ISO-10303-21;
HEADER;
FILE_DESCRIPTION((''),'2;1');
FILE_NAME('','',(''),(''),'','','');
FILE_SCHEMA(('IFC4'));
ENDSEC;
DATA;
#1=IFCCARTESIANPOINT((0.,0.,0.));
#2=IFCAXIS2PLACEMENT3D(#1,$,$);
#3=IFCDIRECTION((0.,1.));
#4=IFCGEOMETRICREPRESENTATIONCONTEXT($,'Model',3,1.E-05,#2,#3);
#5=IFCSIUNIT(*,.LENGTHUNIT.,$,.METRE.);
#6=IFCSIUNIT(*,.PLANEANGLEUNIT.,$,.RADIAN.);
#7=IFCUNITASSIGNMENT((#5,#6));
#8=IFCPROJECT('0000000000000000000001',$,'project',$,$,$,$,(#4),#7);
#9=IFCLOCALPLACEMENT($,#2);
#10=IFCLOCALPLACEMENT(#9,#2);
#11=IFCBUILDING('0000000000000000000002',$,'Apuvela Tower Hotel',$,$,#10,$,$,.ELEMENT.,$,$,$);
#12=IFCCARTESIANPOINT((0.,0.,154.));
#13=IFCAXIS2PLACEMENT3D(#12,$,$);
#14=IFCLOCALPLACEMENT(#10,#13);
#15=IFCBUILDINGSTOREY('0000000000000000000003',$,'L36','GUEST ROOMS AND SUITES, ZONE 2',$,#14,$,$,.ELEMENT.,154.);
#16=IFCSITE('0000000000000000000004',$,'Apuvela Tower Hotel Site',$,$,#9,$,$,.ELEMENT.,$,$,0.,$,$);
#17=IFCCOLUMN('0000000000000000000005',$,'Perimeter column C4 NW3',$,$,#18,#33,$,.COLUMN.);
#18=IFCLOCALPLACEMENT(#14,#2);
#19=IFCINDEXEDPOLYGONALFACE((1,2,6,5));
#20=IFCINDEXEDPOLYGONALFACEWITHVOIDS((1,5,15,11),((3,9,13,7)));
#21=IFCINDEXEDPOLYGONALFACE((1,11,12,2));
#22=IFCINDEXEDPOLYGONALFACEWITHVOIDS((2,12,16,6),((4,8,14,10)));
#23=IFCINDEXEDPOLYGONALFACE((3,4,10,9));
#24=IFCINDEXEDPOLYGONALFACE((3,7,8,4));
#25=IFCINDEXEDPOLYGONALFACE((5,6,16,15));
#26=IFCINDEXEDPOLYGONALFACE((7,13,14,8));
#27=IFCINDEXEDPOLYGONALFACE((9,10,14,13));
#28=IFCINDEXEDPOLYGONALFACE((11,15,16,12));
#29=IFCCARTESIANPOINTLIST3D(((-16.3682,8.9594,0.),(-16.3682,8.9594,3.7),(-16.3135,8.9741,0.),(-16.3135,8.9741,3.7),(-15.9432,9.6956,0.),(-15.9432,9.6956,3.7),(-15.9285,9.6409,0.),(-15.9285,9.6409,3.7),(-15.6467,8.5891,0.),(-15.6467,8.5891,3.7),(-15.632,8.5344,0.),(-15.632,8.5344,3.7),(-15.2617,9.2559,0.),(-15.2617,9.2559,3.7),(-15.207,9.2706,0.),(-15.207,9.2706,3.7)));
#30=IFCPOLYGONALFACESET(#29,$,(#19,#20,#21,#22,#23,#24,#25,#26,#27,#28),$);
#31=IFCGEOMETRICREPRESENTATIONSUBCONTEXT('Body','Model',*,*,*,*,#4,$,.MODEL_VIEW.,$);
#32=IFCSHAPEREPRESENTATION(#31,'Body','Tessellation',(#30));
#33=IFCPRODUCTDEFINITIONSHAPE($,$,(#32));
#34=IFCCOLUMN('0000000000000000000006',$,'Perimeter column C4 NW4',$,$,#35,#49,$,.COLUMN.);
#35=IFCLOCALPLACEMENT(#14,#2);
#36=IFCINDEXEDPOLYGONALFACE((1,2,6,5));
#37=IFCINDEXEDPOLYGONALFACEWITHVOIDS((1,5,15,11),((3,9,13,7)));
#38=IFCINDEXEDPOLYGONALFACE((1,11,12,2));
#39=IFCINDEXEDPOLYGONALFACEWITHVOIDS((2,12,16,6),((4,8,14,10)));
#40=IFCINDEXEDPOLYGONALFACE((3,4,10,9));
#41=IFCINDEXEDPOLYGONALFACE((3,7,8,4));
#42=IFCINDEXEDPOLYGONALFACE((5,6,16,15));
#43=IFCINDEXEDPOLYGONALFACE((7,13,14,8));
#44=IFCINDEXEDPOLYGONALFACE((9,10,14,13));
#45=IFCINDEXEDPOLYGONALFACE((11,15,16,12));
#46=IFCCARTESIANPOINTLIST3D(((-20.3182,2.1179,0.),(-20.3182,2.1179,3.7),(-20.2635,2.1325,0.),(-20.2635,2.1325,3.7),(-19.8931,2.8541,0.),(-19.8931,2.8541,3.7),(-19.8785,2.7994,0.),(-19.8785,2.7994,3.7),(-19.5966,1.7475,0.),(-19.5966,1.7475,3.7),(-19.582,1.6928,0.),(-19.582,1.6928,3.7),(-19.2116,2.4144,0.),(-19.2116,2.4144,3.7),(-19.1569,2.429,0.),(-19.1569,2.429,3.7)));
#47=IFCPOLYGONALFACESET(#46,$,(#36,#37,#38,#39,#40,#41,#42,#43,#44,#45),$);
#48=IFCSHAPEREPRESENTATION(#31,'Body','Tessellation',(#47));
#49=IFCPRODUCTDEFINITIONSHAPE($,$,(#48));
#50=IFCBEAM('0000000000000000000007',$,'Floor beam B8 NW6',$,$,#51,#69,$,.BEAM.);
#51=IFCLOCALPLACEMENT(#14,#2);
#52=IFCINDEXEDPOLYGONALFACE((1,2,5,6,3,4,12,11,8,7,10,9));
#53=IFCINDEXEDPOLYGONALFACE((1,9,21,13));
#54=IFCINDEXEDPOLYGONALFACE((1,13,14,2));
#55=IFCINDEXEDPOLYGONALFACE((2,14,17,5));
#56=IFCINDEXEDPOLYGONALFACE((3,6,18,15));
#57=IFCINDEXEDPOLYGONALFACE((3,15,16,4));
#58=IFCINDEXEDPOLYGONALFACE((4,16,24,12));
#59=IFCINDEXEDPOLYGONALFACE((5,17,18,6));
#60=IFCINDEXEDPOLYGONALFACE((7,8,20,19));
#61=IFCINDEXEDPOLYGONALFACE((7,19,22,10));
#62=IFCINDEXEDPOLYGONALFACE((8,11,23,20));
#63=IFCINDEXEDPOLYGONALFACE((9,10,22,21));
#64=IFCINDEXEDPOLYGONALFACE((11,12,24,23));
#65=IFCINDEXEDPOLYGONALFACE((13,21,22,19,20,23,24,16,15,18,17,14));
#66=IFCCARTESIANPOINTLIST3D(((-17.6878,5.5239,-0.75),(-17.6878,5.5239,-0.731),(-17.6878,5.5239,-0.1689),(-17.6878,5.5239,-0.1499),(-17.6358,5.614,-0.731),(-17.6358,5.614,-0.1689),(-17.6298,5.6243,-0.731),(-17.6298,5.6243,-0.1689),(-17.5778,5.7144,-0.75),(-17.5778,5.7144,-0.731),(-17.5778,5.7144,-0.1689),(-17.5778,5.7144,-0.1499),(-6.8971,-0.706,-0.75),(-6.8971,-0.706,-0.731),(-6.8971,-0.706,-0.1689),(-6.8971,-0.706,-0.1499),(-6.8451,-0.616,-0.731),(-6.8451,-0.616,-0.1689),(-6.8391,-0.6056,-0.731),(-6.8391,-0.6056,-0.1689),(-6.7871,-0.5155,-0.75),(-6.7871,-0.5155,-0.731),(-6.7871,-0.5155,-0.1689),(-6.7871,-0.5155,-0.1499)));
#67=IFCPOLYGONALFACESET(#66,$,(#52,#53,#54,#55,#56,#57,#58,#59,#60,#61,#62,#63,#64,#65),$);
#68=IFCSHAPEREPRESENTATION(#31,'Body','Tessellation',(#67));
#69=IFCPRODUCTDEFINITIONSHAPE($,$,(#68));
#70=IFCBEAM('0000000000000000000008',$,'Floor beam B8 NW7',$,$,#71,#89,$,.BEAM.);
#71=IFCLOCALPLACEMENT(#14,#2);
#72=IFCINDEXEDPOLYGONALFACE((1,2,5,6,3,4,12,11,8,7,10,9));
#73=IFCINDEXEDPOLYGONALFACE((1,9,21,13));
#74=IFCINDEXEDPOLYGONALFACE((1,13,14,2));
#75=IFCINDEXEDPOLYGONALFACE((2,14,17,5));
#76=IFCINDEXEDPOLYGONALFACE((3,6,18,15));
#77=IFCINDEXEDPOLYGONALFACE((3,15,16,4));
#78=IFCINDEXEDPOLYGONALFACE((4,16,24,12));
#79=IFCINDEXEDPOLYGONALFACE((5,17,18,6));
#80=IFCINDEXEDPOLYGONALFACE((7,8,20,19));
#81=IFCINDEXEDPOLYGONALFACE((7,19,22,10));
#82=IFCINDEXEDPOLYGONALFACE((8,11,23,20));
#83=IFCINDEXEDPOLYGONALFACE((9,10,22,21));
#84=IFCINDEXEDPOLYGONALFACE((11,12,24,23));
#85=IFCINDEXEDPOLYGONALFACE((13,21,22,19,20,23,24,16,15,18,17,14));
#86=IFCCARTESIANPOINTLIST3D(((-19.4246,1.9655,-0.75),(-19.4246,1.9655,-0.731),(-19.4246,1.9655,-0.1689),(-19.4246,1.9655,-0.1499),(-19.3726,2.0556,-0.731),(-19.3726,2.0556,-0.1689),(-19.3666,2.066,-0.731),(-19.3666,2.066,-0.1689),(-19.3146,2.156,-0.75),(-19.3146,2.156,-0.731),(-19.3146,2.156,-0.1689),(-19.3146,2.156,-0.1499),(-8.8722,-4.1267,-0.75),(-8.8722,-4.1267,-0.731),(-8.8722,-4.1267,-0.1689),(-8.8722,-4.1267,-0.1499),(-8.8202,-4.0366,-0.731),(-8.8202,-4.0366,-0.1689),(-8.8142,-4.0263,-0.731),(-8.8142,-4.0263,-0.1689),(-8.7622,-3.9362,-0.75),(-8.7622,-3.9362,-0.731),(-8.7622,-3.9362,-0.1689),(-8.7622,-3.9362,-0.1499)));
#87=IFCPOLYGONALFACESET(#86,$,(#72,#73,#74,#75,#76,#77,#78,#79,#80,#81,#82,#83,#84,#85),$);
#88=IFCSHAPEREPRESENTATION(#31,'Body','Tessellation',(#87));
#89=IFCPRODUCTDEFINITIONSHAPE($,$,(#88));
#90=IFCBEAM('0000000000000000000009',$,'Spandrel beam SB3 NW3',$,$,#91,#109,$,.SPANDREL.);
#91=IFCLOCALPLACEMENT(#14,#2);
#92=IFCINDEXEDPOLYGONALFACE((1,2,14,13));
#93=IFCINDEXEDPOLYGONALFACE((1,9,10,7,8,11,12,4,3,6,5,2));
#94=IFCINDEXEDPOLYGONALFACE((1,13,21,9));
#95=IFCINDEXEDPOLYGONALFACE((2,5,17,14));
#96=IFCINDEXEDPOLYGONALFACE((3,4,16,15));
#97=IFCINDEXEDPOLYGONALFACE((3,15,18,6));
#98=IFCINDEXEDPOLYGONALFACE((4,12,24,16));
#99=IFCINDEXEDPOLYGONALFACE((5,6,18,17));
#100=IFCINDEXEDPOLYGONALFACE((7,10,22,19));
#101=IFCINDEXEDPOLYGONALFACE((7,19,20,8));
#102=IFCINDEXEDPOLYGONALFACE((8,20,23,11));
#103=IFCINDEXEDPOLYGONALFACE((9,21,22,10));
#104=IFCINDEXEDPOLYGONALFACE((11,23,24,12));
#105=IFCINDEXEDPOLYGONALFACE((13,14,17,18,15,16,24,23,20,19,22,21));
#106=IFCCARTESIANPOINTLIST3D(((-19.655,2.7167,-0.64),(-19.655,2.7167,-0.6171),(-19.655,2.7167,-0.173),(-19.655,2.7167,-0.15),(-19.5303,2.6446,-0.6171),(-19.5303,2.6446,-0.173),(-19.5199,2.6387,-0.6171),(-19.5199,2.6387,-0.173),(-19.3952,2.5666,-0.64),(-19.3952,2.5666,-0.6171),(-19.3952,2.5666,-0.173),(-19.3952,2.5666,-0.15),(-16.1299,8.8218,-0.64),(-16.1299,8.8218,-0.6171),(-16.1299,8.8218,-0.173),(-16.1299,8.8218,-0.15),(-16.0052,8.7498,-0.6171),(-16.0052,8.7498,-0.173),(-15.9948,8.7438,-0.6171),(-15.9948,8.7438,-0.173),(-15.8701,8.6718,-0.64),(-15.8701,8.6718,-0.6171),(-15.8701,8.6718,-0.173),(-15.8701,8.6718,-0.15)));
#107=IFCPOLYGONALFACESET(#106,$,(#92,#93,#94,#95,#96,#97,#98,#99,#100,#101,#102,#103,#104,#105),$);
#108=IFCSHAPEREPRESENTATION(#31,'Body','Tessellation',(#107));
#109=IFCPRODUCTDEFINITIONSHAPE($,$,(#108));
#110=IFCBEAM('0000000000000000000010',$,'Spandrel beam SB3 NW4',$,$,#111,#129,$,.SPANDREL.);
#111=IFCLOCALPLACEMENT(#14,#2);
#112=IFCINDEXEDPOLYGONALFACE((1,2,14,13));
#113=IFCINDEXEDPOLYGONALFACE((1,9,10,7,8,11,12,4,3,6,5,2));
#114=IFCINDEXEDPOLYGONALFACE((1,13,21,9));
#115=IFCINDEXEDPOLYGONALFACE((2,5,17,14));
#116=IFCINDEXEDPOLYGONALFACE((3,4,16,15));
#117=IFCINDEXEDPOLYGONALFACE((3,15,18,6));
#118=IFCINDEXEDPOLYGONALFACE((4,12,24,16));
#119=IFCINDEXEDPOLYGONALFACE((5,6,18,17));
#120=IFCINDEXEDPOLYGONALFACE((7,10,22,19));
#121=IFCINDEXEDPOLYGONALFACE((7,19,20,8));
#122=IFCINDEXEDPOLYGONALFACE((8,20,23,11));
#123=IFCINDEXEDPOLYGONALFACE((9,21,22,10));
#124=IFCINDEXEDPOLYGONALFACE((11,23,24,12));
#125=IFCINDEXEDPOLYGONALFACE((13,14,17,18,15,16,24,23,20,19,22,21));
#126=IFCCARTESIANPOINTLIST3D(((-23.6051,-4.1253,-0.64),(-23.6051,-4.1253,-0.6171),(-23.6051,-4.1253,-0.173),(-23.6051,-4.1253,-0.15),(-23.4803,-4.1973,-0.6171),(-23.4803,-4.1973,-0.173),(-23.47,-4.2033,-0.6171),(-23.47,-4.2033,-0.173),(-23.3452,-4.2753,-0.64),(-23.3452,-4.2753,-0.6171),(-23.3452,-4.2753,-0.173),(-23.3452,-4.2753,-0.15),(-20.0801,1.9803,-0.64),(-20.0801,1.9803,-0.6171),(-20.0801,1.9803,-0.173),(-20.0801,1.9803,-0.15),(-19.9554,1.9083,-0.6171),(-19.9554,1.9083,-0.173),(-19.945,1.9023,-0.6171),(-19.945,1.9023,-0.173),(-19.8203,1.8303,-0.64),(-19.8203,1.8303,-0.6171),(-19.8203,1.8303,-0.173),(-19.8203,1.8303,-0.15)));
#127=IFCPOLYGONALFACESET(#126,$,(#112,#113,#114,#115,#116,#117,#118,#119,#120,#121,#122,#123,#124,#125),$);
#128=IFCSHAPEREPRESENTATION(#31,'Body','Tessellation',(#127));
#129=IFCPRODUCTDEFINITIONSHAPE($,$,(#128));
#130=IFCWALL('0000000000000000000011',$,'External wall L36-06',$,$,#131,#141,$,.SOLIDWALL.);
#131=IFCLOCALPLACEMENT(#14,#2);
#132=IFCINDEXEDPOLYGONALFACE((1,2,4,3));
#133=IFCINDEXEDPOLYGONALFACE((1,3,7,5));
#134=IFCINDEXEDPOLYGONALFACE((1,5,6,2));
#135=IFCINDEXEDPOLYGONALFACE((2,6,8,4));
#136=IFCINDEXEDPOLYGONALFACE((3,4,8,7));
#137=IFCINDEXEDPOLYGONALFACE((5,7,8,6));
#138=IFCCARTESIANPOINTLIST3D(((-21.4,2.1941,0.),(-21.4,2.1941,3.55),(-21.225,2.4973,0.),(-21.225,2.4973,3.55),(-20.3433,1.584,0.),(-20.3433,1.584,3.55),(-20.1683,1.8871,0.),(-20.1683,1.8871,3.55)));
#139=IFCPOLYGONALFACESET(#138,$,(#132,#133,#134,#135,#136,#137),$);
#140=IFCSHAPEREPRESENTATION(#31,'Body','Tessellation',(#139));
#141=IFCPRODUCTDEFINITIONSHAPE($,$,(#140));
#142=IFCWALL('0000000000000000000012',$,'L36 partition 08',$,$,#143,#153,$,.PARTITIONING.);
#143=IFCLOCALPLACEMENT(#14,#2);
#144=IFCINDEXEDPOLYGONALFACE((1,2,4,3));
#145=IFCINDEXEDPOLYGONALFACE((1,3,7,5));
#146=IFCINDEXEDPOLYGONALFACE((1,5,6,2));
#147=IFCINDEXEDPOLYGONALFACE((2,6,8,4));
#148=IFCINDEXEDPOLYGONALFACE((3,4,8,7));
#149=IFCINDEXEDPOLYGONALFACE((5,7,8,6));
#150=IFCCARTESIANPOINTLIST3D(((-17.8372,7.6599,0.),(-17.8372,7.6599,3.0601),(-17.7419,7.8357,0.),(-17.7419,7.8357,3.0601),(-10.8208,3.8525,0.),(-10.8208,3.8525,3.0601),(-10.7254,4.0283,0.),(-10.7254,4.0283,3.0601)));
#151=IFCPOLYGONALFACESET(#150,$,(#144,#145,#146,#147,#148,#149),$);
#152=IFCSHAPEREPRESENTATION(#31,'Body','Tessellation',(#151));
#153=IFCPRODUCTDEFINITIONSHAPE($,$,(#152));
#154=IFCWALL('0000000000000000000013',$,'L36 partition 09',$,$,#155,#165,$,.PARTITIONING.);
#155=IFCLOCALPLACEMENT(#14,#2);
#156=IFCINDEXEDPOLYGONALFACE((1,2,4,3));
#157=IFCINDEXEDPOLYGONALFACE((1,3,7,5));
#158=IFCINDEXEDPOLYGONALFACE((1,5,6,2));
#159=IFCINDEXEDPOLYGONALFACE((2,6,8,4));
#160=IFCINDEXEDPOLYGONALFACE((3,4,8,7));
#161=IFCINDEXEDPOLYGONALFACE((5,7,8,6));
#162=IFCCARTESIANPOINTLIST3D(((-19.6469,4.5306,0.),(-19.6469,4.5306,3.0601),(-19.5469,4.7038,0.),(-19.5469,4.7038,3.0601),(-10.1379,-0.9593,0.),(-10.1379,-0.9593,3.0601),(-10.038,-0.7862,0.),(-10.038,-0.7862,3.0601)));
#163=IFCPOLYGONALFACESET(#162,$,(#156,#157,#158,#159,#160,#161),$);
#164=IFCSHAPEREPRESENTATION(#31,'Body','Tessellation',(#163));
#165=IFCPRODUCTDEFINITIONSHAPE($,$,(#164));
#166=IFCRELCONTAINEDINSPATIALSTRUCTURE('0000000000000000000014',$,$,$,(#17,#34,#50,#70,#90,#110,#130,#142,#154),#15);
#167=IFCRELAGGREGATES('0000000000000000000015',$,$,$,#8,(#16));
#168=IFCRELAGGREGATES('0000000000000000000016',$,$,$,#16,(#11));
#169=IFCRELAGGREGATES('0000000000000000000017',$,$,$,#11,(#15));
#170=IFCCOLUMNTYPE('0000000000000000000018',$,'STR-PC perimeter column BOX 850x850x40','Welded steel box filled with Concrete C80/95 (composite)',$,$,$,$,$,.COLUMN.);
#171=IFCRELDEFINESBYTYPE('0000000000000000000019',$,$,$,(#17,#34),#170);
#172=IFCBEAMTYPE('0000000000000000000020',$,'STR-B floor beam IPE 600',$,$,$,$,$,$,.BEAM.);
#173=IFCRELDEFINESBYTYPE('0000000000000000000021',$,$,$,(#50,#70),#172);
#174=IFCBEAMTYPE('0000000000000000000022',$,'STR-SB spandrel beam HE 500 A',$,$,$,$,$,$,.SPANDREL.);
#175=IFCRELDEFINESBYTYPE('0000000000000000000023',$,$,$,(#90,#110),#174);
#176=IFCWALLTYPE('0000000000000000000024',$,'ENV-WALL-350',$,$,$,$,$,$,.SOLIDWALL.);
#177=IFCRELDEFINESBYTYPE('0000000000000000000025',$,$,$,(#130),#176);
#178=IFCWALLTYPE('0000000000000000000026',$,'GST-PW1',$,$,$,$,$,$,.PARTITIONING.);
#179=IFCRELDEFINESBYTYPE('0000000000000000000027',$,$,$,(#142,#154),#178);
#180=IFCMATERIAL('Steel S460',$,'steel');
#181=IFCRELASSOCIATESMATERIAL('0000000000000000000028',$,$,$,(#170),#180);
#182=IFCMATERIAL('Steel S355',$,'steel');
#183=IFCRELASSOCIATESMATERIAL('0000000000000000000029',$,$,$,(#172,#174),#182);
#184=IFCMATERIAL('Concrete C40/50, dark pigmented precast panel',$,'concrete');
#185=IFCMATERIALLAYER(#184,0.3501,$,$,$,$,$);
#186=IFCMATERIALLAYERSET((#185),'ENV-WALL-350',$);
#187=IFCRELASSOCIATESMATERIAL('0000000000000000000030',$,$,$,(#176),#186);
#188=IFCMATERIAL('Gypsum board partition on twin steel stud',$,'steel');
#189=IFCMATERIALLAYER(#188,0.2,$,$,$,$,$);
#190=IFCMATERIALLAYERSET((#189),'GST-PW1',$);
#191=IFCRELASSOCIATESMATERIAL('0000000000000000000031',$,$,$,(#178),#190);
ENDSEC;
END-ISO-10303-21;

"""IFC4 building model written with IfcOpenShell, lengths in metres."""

from ifc_helpers import new_model, si_unit, direction, frame, frame_2d, origin, origin_2d, place, context, subcontext, project, spatial, rectangle, hollow_rectangle, i_section, extrude, material, layer, layer_set, material_profile, profile_set, type_object, element, save


model = new_model("IFC4")

# Units and contexts
model_context = context("Model", 3, precision=1e-05, world=origin(), true_north=direction((0.0, 1.0)))
body_context = subcontext(model_context, "Body", "Model", "MODEL_VIEW")
ifc_project = project(units=[si_unit("LENGTHUNIT", "METRE"), si_unit("PLANEANGLEUNIT", "RADIAN")], contexts=[model_context])

# Site, building, storey
site_placement = place(None, origin())
site = spatial("IfcSite", under=ifc_project, at=site_placement, Name="Apuvela Tower Hotel Site", CompositionType="ELEMENT", RefElevation=0.0)
building_placement = place(site_placement, origin())
building = spatial("IfcBuilding", under=site, at=building_placement, Name="Apuvela Tower Hotel", CompositionType="ELEMENT")
storey_placement = place(building_placement, frame((0.0, 0.0, 154.0)))
storey = spatial("IfcBuildingStorey", under=building, at=storey_placement, Name="L36", Description="GUEST ROOMS AND SUITES, ZONE 2", CompositionType="ELEMENT", Elevation=154.0)

# Columns
ifc_material_1 = material(Name="Steel S460", Category="steel")
ifc_material_profile_1 = material_profile(ifc_material_1, hollow_rectangle(XDim=0.8501, YDim=0.8501, WallThickness=0.04, at=origin_2d()), Name="BOX 850x850x40")
ifc_material_2 = material(Name="Concrete C80/95", Category="concrete")
ifc_material_profile_2 = material_profile(ifc_material_2, rectangle(XDim=0.77, YDim=0.77, at=origin_2d()), Name="Concrete C80/95 infill")
ifc_profile_set_1 = profile_set([ifc_material_profile_1, ifc_material_profile_2], Name="Steel S460")
column_type = type_object("IfcColumnType", Name="STR-PC perimeter column BOX 850x850x40", Description="Welded steel box filled with Concrete C80/95 (composite)", PredefinedType="COLUMN", material=ifc_profile_set_1)
for number, where, z_axis, x_axis, name in (
    (1, (-15.7876, 9.115, 0.0), (0.0, 0.0, 1.0), (0.5, 0.866025, 0.0), "Perimeter column C4 NW3"),
    (2, (-19.7375, 2.2734, 0.0), (0.0, 0.0, 1.0), (0.5, 0.866025, 0.0), "Perimeter column C4 NW4"),
):
    element("IfcColumn", number, at=place(storey_placement, frame(where, z_axis=z_axis, x_axis=x_axis)), inside=storey, type_object=column_type, Name=name, PredefinedType="COLUMN", context=body_context, shape_type="SweptSolid", body=[
        extrude(hollow_rectangle(XDim=0.8501, YDim=0.8501, WallThickness=0.04, at=origin_2d()), origin(), (0.0, 0.0, 1.0), 3.7),
    ])

# Beams
ifc_material_3 = material(Name="Steel S355", Category="steel")
ifc_material_profile_3 = material_profile(ifc_material_3, i_section(OverallWidth=0.22, OverallDepth=0.6001, WebThickness=0.012, FlangeThickness=0.019, at=origin_2d()), Name="IPE 600")
ifc_profile_set_2 = profile_set([ifc_material_profile_3], Name="Steel S355")
beam_type_1 = type_object("IfcBeamType", Name="STR-B floor beam IPE 600", PredefinedType="BEAM", material=ifc_profile_set_2)
beam_1_placement = place(storey_placement, frame((-17.6328, 5.6191, -0.45), z_axis=(0.866028, -0.499996, 0.0), x_axis=(0.499996, 0.866028, 0.0)))
element("IfcBeam", 3, at=beam_1_placement, inside=storey, type_object=beam_type_1, Name="Floor beam B8 NW6", PredefinedType="BEAM", context=body_context, shape_type="SweptSolid", body=[
    extrude(i_section(OverallWidth=0.22, OverallDepth=0.6001, WebThickness=0.012, FlangeThickness=0.019, at=origin_2d()), origin(), (0.0, 0.0, 1.0), 12.46),
])
beam_2_placement = place(storey_placement, frame((-19.3696, 2.0608, -0.45), z_axis=(0.866032, -0.499988, 0.0), x_axis=(0.499988, 0.866032, 0.0)))
element("IfcBeam", 4, at=beam_2_placement, inside=storey, type_object=beam_type_1, Name="Floor beam B8 NW7", PredefinedType="BEAM", context=body_context, shape_type="SweptSolid", body=[
    extrude(i_section(OverallWidth=0.22, OverallDepth=0.6001, WebThickness=0.012, FlangeThickness=0.019, at=origin_2d()), origin(), (0.0, 0.0, 1.0), 12.1848),
])
ifc_material_profile_4 = material_profile(ifc_material_3, i_section(OverallWidth=0.3, OverallDepth=0.49, WebThickness=0.012, FlangeThickness=0.0229, at=origin_2d()), Name="HE 500 A")
ifc_profile_set_3 = profile_set([ifc_material_profile_4], Name="Steel S355")
beam_type_2 = type_object("IfcBeamType", Name="STR-SB spandrel beam HE 500 A", PredefinedType="SPANDREL", material=ifc_profile_set_3)
beam_3_placement = place(storey_placement, frame((-16.0, 8.7468, -0.395), z_axis=(-0.500031, -0.866007, 0.0), x_axis=(0.866007, -0.500031, 0.0)))
element("IfcBeam", 5, at=beam_3_placement, inside=storey, type_object=beam_type_2, Name="Spandrel beam SB3 NW3", PredefinedType="SPANDREL", context=body_context, shape_type="SweptSolid", body=[
    extrude(i_section(OverallWidth=0.3, OverallDepth=0.49, WebThickness=0.012, FlangeThickness=0.0229, at=origin_2d()), origin(), (0.0, 0.0, 1.0), 7.0498),
])
beam_4_placement = place(storey_placement, frame((-19.9502, 1.9053, -0.395), z_axis=(-0.49999, -0.866031, 0.0), x_axis=(0.866031, -0.49999, 0.0)))
element("IfcBeam", 6, at=beam_4_placement, inside=storey, type_object=beam_type_2, Name="Spandrel beam SB3 NW4", PredefinedType="SPANDREL", context=body_context, shape_type="SweptSolid", body=[
    extrude(i_section(OverallWidth=0.3, OverallDepth=0.49, WebThickness=0.012, FlangeThickness=0.0229, at=origin_2d()), origin(), (0.0, 0.0, 1.0), 7.05),
])

# Shared definitions
ifc_material_4 = material(Name="Concrete C40/50, dark pigmented precast panel", Category="concrete")
ifc_layer_1 = layer(ifc_material_4, 0.3501)
ifc_layer_set_1 = layer_set([ifc_layer_1], Name="ENV-WALL-350")
wall_type_1 = type_object("IfcWallType", Name="ENV-WALL-350", PredefinedType="SOLIDWALL", material=ifc_layer_set_1)

# Wall
wall_1_placement = place(storey_placement, frame((-21.3125, 2.3457, 0.0), z_axis=(0.0, 0.0, 1.0), x_axis=(0.866006, -0.500034, 0.0)))
element("IfcWall", 7, at=wall_1_placement, inside=storey, type_object=wall_type_1, Name="External wall L36-06", PredefinedType="SOLIDWALL", context=body_context, shape_type="SweptSolid", body=[
    extrude(rectangle(XDim=1.2202, YDim=0.3501, at=frame_2d((0.6101, 0.0))), origin(), (0.0, 0.0, 1.0), 3.55),
])

# Walls
ifc_material_5 = material(Name="Gypsum board partition on twin steel stud", Category="steel")
ifc_layer_2 = layer(ifc_material_5, 0.2)
ifc_layer_set_2 = layer_set([ifc_layer_2], Name="GST-PW1")
wall_type_2 = type_object("IfcWallType", Name="GST-PW1", PredefinedType="PARTITIONING", material=ifc_layer_set_2)
wall_2_placement = place(storey_placement, frame((-17.7896, 7.7478, 0.0), z_axis=(0.0, 0.0, 1.0), x_axis=(0.878933, -0.476946, 0.0)))
element("IfcWall", 8, at=wall_2_placement, inside=storey, type_object=wall_type_2, Name="L36 partition 08", PredefinedType="PARTITIONING", context=body_context, shape_type="SweptSolid", body=[
    extrude(rectangle(XDim=7.9829, YDim=0.2, at=frame_2d((3.9915, 0.0))), origin(), (0.0, 0.0, 1.0), 3.0601),
])
wall_3_placement = place(storey_placement, frame((-19.5969, 4.6172, 0.0), z_axis=(0.0, 0.0, 1.0), x_axis=(0.866027, -0.499996, 0.0)))
element("IfcWall", 9, at=wall_3_placement, inside=storey, type_object=wall_type_2, Name="L36 partition 09", PredefinedType="PARTITIONING", context=body_context, shape_type="SweptSolid", body=[
    extrude(rectangle(XDim=10.98, YDim=0.2, at=frame_2d((5.49, 0.0))), origin(), (0.0, 0.0, 1.0), 3.0601),
])

save(model, "model.ifc")
